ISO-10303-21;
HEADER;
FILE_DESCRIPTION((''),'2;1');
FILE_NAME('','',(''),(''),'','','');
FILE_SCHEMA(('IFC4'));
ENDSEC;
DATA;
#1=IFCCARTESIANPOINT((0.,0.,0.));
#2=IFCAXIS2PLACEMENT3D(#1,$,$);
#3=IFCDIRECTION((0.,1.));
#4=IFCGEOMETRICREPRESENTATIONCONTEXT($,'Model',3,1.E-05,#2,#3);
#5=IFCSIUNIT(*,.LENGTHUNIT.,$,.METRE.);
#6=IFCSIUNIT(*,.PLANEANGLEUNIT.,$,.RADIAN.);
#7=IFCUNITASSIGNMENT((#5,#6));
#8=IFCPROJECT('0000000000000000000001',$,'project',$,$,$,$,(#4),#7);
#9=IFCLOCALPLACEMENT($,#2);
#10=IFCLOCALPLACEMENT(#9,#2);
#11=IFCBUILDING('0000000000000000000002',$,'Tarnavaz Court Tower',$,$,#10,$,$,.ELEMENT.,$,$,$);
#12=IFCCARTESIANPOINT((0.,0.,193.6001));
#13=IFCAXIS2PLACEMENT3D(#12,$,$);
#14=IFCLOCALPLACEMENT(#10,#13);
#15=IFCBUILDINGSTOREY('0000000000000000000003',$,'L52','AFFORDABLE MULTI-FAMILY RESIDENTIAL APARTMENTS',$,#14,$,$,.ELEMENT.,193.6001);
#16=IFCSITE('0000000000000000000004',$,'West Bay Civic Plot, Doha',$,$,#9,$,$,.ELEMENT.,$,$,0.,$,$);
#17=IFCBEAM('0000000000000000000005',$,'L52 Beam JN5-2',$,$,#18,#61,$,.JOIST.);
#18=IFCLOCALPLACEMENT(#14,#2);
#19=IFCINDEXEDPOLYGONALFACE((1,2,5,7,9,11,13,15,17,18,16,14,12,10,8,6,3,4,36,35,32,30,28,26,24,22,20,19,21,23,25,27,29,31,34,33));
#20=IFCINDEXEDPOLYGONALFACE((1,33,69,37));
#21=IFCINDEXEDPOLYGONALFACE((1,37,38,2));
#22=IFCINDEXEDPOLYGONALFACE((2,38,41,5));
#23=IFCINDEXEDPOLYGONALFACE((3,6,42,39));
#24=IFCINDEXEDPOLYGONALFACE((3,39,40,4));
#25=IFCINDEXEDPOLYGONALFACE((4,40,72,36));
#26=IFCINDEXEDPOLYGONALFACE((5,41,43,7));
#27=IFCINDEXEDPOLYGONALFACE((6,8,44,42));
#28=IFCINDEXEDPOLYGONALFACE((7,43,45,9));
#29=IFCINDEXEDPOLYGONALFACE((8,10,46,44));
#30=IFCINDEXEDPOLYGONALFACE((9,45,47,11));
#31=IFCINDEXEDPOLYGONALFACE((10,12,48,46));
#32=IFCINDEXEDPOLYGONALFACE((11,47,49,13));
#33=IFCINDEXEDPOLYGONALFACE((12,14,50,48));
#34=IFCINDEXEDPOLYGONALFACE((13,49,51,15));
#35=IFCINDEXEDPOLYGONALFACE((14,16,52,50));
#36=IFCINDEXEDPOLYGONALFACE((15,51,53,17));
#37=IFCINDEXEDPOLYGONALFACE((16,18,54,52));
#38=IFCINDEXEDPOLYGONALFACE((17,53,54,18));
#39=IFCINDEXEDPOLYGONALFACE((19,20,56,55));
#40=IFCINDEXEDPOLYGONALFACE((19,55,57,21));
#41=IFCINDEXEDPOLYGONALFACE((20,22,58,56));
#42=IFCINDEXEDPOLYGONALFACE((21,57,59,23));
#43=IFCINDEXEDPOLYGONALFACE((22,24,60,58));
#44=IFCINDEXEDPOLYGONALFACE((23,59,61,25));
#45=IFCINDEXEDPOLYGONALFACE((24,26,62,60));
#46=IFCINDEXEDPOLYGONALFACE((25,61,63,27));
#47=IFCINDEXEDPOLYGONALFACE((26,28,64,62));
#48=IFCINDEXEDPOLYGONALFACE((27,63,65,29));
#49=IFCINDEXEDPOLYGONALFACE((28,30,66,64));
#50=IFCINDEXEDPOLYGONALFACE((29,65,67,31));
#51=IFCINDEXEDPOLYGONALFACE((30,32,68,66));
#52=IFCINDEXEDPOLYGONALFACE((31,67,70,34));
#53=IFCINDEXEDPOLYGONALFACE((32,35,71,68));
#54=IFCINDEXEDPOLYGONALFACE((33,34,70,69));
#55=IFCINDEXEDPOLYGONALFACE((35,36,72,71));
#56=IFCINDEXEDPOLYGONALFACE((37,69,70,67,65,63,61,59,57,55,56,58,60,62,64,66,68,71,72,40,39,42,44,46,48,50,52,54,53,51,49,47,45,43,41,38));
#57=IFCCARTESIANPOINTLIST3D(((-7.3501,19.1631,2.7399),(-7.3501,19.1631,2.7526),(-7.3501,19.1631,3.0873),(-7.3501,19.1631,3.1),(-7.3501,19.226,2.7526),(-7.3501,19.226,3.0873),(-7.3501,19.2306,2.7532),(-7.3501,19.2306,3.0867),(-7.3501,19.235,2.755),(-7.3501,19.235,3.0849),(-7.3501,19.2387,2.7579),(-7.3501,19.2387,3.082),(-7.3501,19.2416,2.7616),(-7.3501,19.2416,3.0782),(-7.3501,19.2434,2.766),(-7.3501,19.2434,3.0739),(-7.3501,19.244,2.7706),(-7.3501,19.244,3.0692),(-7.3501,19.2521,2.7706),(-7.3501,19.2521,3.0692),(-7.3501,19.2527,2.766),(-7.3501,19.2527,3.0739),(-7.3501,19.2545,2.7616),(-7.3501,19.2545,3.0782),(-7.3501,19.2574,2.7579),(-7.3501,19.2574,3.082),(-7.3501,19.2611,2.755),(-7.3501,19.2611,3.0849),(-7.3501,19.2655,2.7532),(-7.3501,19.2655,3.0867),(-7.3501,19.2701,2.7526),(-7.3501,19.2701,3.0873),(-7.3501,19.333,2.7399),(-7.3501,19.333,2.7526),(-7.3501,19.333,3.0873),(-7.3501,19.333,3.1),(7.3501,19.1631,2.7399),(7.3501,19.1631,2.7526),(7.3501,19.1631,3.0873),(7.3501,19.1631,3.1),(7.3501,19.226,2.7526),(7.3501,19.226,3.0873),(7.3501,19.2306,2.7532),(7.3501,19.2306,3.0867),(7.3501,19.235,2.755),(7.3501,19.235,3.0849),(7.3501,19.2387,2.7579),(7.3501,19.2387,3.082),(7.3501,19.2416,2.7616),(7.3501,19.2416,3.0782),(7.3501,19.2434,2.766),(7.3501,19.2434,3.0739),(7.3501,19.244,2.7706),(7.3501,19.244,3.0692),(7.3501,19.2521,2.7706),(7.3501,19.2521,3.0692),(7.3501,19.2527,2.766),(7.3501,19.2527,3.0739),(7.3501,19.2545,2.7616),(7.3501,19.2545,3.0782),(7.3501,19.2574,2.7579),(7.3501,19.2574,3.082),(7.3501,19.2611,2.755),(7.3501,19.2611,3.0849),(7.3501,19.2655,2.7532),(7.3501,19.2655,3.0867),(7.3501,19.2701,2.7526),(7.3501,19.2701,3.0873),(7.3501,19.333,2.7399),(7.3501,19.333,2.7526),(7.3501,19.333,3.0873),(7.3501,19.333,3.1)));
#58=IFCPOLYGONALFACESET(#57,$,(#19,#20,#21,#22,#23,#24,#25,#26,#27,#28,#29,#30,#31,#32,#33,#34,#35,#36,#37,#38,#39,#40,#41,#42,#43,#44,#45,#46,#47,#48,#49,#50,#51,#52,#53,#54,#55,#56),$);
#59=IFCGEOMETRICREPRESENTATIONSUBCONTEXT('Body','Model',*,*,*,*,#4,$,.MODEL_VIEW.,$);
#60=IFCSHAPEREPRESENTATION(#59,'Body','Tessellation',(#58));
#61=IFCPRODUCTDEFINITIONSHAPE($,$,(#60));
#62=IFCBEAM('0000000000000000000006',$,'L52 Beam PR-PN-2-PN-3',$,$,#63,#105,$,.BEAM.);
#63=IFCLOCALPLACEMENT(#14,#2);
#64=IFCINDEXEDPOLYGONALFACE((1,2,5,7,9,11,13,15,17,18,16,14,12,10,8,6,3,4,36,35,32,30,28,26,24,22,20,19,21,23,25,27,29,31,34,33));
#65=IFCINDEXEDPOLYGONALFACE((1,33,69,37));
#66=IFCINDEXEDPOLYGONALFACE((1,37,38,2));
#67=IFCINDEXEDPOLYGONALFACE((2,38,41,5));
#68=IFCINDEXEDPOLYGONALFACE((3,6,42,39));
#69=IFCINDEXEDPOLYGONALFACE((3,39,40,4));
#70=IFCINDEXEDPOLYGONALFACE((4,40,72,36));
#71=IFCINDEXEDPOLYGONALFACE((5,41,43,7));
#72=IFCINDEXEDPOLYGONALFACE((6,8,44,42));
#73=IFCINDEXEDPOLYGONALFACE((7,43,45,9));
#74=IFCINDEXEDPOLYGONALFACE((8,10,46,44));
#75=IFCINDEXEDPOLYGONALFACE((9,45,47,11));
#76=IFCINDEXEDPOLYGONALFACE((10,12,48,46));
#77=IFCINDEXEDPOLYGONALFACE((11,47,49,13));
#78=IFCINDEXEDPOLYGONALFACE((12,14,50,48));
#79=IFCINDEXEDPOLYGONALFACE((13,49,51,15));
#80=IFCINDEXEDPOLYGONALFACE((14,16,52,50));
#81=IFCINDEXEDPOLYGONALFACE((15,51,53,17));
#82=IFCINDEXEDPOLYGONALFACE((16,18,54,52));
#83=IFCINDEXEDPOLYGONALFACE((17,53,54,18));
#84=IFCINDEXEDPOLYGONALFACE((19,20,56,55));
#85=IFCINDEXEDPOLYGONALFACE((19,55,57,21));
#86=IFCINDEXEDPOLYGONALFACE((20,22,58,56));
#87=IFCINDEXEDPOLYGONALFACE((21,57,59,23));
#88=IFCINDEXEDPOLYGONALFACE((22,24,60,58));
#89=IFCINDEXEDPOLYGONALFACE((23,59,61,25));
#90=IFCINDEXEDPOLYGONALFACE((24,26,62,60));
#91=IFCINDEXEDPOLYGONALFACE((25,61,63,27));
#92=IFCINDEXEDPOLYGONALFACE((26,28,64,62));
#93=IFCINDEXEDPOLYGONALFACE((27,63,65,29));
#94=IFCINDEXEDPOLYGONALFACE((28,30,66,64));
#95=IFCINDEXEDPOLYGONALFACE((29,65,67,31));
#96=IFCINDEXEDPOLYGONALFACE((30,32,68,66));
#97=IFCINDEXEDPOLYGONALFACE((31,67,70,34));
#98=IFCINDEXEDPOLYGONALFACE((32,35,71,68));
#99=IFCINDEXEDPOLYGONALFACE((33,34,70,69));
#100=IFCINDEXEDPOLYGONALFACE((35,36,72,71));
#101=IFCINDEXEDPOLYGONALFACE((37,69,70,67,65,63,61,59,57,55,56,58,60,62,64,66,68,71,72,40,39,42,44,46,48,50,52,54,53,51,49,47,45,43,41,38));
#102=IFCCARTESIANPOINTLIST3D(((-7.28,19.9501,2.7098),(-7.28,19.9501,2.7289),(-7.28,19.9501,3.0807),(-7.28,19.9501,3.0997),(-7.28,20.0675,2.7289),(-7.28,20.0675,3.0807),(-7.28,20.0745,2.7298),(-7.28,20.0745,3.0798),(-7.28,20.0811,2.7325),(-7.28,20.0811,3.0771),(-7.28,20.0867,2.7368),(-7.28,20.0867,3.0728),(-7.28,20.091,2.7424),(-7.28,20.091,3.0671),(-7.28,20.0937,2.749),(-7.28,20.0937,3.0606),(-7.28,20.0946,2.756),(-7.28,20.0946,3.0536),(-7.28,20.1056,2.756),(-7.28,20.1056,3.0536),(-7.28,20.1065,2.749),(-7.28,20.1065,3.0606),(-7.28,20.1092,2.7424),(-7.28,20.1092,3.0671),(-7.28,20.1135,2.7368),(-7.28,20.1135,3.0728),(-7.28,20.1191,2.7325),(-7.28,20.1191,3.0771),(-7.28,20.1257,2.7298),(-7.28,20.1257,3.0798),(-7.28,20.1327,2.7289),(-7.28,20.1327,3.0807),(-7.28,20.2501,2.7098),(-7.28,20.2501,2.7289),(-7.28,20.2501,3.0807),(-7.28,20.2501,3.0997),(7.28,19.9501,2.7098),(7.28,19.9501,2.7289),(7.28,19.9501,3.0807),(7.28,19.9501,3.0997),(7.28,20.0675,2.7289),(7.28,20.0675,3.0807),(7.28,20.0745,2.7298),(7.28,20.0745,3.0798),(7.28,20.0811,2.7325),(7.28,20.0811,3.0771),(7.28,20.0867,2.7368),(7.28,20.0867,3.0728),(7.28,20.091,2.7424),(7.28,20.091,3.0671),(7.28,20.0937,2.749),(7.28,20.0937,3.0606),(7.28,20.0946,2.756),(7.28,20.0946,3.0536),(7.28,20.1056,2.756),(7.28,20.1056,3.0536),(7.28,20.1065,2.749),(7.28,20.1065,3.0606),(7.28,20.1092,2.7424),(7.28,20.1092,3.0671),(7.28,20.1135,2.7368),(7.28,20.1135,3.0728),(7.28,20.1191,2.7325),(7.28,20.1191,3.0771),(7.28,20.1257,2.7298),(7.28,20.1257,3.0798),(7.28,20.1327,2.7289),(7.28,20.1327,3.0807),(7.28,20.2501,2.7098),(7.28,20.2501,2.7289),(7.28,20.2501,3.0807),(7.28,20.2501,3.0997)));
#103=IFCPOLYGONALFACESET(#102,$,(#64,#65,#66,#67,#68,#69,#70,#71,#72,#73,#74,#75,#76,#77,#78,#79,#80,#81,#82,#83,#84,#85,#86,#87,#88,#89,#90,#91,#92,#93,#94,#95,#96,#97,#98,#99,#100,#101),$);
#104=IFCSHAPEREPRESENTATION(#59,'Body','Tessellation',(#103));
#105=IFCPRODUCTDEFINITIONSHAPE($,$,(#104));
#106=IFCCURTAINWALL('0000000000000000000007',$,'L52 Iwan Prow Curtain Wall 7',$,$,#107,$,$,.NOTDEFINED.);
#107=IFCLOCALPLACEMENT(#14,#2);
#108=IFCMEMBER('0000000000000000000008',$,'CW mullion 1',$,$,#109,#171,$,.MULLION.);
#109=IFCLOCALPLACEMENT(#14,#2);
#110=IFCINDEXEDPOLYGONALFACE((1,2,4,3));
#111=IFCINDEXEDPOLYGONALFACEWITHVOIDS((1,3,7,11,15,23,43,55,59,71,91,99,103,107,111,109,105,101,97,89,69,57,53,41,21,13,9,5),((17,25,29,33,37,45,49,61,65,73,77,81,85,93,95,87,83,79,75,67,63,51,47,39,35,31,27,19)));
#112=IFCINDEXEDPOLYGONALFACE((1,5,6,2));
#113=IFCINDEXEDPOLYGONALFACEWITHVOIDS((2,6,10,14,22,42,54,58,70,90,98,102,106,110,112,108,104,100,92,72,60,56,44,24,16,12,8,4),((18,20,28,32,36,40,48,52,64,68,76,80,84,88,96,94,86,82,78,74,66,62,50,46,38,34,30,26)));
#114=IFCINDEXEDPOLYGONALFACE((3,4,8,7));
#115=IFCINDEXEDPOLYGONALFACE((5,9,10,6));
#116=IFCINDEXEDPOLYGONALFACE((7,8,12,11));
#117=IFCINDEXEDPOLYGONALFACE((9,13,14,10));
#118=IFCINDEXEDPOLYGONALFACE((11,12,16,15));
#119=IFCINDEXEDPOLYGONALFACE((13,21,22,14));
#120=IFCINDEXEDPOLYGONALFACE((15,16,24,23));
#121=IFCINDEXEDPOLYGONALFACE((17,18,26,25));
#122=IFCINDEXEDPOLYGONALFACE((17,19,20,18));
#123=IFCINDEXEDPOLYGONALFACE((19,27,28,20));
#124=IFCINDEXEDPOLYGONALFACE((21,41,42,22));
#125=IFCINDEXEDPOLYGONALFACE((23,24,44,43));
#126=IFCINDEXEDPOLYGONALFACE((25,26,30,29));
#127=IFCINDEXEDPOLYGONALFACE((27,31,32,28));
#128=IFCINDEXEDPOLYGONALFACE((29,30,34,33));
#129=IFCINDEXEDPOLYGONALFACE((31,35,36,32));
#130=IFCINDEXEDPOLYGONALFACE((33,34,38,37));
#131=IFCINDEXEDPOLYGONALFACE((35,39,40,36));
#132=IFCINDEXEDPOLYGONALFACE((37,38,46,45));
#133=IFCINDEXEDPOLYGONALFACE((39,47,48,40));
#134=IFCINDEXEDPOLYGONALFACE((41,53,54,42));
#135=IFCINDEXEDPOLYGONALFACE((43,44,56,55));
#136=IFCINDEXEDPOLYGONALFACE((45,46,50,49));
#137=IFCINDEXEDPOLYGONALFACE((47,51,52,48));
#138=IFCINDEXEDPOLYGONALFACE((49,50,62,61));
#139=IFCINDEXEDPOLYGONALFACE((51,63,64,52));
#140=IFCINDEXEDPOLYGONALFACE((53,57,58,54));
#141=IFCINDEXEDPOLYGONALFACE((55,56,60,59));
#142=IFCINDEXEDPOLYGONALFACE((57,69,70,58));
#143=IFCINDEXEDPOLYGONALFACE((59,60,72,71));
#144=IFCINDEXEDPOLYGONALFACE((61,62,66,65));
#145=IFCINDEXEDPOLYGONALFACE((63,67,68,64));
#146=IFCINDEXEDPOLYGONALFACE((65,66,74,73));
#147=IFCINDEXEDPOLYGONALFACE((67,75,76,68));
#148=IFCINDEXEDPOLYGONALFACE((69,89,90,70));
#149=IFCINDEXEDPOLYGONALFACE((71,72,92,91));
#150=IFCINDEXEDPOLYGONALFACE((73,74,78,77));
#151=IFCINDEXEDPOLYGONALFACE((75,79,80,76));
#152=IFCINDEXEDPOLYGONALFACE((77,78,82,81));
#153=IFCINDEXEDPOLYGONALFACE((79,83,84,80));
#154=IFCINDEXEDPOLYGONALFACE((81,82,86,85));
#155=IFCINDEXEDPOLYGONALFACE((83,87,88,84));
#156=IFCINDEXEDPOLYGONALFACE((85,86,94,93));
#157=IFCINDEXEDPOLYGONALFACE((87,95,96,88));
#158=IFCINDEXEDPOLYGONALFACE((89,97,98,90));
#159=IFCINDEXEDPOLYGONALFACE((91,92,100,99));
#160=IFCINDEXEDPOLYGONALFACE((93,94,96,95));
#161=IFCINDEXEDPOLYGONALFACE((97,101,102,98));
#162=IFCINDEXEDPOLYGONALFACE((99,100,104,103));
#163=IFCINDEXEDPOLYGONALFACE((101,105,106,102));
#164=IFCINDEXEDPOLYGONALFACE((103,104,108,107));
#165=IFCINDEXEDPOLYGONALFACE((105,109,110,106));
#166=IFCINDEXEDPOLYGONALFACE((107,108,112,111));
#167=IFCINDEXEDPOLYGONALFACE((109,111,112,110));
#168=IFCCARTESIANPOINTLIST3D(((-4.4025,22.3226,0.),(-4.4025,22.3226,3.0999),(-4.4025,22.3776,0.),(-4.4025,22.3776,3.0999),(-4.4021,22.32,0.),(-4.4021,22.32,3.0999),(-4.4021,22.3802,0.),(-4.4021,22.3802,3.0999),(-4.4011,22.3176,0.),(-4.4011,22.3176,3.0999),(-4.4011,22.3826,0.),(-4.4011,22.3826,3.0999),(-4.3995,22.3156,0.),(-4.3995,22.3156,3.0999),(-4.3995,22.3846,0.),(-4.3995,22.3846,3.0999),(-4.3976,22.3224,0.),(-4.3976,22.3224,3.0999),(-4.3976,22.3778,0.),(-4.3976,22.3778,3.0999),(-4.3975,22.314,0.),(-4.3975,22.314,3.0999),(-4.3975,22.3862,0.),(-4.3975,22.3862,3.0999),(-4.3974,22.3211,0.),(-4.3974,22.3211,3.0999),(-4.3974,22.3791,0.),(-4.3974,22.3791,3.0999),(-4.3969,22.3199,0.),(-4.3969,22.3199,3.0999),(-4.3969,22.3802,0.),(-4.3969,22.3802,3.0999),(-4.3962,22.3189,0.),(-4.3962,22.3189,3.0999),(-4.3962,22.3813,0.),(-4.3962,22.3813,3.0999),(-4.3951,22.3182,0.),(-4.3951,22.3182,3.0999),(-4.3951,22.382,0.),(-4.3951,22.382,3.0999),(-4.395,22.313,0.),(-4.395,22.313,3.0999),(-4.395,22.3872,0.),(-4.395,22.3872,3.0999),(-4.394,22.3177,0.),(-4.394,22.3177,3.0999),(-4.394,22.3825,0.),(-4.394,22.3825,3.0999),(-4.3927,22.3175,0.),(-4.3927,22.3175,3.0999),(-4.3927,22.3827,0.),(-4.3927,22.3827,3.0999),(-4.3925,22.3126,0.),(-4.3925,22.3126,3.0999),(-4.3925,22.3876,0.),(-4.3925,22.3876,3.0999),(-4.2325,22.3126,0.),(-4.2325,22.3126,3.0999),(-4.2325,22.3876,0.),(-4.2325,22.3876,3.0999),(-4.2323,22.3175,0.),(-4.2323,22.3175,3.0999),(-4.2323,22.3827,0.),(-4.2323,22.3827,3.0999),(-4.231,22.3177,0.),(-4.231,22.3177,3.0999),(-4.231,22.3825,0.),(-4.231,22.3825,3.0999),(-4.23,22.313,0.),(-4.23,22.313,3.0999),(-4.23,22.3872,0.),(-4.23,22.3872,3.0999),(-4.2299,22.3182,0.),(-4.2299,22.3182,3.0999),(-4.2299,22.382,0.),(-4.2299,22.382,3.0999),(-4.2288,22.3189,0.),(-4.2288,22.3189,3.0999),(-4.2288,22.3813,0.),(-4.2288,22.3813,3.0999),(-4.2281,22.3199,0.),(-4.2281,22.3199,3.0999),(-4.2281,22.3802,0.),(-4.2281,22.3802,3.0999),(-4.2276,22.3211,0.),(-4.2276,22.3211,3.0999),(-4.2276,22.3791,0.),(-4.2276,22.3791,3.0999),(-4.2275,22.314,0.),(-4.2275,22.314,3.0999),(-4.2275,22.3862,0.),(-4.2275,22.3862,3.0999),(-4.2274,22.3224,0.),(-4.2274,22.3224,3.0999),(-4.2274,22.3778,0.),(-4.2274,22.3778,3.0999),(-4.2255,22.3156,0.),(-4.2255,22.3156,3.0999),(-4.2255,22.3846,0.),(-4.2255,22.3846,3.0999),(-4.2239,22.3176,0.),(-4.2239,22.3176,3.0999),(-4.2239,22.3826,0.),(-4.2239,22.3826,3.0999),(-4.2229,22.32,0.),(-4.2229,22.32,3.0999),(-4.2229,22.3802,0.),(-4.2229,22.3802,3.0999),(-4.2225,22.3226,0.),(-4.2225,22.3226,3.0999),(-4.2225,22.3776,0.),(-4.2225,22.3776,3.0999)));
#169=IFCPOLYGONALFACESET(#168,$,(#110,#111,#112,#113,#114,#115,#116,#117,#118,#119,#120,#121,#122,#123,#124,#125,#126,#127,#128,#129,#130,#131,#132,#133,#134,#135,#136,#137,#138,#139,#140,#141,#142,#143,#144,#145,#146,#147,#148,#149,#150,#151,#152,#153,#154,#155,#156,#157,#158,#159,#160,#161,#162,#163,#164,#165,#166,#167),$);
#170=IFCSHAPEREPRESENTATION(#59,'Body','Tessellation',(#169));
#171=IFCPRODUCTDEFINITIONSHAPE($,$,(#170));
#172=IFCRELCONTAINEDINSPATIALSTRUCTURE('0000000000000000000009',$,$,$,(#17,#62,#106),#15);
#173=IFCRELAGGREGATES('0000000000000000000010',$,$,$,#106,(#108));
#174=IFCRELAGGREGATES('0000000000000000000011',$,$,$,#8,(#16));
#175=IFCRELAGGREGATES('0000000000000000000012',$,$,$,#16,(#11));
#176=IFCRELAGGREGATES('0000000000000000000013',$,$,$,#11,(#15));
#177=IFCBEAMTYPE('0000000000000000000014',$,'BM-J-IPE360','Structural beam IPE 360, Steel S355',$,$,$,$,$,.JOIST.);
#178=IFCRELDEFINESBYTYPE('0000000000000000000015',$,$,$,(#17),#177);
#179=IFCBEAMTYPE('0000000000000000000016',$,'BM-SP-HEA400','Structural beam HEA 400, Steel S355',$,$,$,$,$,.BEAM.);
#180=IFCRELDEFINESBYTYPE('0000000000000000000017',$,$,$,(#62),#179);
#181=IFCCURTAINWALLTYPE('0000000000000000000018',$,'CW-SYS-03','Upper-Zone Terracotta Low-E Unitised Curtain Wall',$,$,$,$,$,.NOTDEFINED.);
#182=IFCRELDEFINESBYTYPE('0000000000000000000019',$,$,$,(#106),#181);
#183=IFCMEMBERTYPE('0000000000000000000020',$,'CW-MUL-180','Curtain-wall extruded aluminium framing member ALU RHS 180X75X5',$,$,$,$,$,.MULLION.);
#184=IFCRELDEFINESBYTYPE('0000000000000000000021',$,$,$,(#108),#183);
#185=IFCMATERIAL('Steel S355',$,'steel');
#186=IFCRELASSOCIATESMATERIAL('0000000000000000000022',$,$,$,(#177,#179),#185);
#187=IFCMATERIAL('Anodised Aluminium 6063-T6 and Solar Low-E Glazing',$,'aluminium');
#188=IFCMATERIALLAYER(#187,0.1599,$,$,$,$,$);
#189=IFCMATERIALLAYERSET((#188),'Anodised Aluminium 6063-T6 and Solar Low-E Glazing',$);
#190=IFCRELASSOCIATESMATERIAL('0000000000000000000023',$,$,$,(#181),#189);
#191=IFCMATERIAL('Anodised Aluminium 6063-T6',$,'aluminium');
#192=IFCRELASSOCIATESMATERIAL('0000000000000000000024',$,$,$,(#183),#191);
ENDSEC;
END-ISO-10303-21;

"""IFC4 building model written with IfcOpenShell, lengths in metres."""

from ifc_helpers import new_model, si_unit, direction, frame, origin, origin_2d, place, context, subcontext, project, spatial, hollow_rectangle, i_section, extrude, material, layer, layer_set, material_profile, profile_set, type_object, element, aggregate, save


model = new_model("IFC4")

# Units and contexts
model_context = context("Model", 3, precision=1e-05, world=origin(), true_north=direction((0.0, 1.0)))
body_context = subcontext(model_context, "Body", "Model", "MODEL_VIEW")
ifc_project = project(units=[si_unit("LENGTHUNIT", "METRE"), si_unit("PLANEANGLEUNIT", "RADIAN")], contexts=[model_context])

# Site, building, storey
site_placement = place(None, origin())
site = spatial("IfcSite", under=ifc_project, at=site_placement, Name="West Bay Civic Plot, Doha", CompositionType="ELEMENT", RefElevation=0.0)
building_placement = place(site_placement, origin())
building = spatial("IfcBuilding", under=site, at=building_placement, Name="Tarnavaz Court Tower", CompositionType="ELEMENT")
storey_placement = place(building_placement, frame((0.0, 0.0, 193.6001)))
storey = spatial("IfcBuildingStorey", under=building, at=storey_placement, Name="L52", Description="AFFORDABLE MULTI-FAMILY RESIDENTIAL APARTMENTS", CompositionType="ELEMENT", Elevation=193.6001)

# Beams
ifc_material_1 = material(Name="Steel S355", Category="steel")
ifc_material_profile_1 = material_profile(ifc_material_1, i_section(OverallWidth=0.1699, OverallDepth=0.3601, WebThickness=0.0081, FlangeThickness=0.0127, FilletRadius=0.0181, at=origin_2d()), Name="IPE 360")
ifc_profile_set_1 = profile_set([ifc_material_profile_1], Name="Steel S355")
beam_type_1 = type_object("IfcBeamType", Name="BM-J-IPE360", Description="Structural beam IPE 360, Steel S355", PredefinedType="JOIST", material=ifc_profile_set_1)
for number, where, z_axis, x_axis, name in (
    (1, (-7.3501, 19.248, 2.9199), (1.0, 0.0, 0.0), (0.0, 1.0, 0.0), "L52 Beam JN5-2"),
):
    element("IfcBeam", number, at=place(storey_placement, frame(where, z_axis=z_axis, x_axis=x_axis)), inside=storey, type_object=beam_type_1, Name=name, PredefinedType="JOIST", context=body_context, shape_type="SweptSolid", body=[
        extrude(i_section(OverallWidth=0.1699, OverallDepth=0.3601, WebThickness=0.0081, FlangeThickness=0.0127, FilletRadius=0.0181, at=origin_2d()), origin(), (0.0, 0.0, 1.0), 14.7002),
    ])
ifc_material_profile_2 = material_profile(ifc_material_1, i_section(OverallWidth=0.3, OverallDepth=0.3899, WebThickness=0.011, FlangeThickness=0.019, FilletRadius=0.0271, at=origin_2d()), Name="HEA 400")
ifc_profile_set_2 = profile_set([ifc_material_profile_2], Name="Steel S355")
beam_type_2 = type_object("IfcBeamType", Name="BM-SP-HEA400", Description="Structural beam HEA 400, Steel S355", PredefinedType="BEAM", material=ifc_profile_set_2)
beam_placement = place(storey_placement, frame((-7.28, 20.1001, 2.9048), z_axis=(1.0, 0.0, 0.0), x_axis=(0.0, 1.0, 0.0)))
element("IfcBeam", 2, at=beam_placement, inside=storey, type_object=beam_type_2, Name="L52 Beam PR-PN-2-PN-3", PredefinedType="BEAM", context=body_context, shape_type="SweptSolid", body=[
    extrude(i_section(OverallWidth=0.3, OverallDepth=0.3899, WebThickness=0.011, FlangeThickness=0.019, FilletRadius=0.0271, at=origin_2d()), origin(), (0.0, 0.0, 1.0), 14.5601),
])

# Curtain wall, member
ifc_material_2 = material(Name="Anodised Aluminium 6063-T6 and Solar Low-E Glazing", Category="aluminium")
ifc_layer_1 = layer(ifc_material_2, 0.1599)
ifc_layer_set_1 = layer_set([ifc_layer_1], Name="Anodised Aluminium 6063-T6 and Solar Low-E Glazing")
curtain_wall_type = type_object("IfcCurtainWallType", Name="CW-SYS-03", Description="Upper-Zone Terracotta Low-E Unitised Curtain Wall", PredefinedType="NOTDEFINED", material=ifc_layer_set_1)
curtain_wall_placement = place(storey_placement, origin())
curtain_wall = element("IfcCurtainWall", 3, at=curtain_wall_placement, inside=storey, type_object=curtain_wall_type, Name="L52 Iwan Prow Curtain Wall 7", PredefinedType="NOTDEFINED")
ifc_material_3 = material(Name="Anodised Aluminium 6063-T6", Category="aluminium")
ifc_material_profile_3 = material_profile(ifc_material_3, hollow_rectangle(XDim=0.075, YDim=0.1799, WallThickness=0.0049, InnerFilletRadius=0.0049, OuterFilletRadius=0.01, at=origin_2d()), Name="ALU RHS 180X75X5")
ifc_profile_set_3 = profile_set([ifc_material_profile_3], Name="Anodised Aluminium 6063-T6")
member_type_1 = type_object("IfcMemberType", Name="CW-MUL-180", Description="Curtain-wall extruded aluminium framing member ALU RHS 180X75X5", PredefinedType="MULLION", material=ifc_profile_set_3)
member_1_placement = place(storey_placement, frame((-4.3125, 22.3501, 0.0), z_axis=(0.0, 0.0, 1.0), x_axis=(0.0, 1.0, 0.0)))
member_1 = element("IfcMember", 4, at=member_1_placement, type_object=member_type_1, Name="CW mullion 1", PredefinedType="MULLION", context=body_context, shape_type="SweptSolid", body=[
    extrude(hollow_rectangle(XDim=0.075, YDim=0.1799, WallThickness=0.0049, InnerFilletRadius=0.0049, OuterFilletRadius=0.01, at=origin_2d()), origin(), (0.0, 0.0, 1.0), 3.0999),
])
aggregate(curtain_wall, [member_1])

save(model, "model.ifc")
